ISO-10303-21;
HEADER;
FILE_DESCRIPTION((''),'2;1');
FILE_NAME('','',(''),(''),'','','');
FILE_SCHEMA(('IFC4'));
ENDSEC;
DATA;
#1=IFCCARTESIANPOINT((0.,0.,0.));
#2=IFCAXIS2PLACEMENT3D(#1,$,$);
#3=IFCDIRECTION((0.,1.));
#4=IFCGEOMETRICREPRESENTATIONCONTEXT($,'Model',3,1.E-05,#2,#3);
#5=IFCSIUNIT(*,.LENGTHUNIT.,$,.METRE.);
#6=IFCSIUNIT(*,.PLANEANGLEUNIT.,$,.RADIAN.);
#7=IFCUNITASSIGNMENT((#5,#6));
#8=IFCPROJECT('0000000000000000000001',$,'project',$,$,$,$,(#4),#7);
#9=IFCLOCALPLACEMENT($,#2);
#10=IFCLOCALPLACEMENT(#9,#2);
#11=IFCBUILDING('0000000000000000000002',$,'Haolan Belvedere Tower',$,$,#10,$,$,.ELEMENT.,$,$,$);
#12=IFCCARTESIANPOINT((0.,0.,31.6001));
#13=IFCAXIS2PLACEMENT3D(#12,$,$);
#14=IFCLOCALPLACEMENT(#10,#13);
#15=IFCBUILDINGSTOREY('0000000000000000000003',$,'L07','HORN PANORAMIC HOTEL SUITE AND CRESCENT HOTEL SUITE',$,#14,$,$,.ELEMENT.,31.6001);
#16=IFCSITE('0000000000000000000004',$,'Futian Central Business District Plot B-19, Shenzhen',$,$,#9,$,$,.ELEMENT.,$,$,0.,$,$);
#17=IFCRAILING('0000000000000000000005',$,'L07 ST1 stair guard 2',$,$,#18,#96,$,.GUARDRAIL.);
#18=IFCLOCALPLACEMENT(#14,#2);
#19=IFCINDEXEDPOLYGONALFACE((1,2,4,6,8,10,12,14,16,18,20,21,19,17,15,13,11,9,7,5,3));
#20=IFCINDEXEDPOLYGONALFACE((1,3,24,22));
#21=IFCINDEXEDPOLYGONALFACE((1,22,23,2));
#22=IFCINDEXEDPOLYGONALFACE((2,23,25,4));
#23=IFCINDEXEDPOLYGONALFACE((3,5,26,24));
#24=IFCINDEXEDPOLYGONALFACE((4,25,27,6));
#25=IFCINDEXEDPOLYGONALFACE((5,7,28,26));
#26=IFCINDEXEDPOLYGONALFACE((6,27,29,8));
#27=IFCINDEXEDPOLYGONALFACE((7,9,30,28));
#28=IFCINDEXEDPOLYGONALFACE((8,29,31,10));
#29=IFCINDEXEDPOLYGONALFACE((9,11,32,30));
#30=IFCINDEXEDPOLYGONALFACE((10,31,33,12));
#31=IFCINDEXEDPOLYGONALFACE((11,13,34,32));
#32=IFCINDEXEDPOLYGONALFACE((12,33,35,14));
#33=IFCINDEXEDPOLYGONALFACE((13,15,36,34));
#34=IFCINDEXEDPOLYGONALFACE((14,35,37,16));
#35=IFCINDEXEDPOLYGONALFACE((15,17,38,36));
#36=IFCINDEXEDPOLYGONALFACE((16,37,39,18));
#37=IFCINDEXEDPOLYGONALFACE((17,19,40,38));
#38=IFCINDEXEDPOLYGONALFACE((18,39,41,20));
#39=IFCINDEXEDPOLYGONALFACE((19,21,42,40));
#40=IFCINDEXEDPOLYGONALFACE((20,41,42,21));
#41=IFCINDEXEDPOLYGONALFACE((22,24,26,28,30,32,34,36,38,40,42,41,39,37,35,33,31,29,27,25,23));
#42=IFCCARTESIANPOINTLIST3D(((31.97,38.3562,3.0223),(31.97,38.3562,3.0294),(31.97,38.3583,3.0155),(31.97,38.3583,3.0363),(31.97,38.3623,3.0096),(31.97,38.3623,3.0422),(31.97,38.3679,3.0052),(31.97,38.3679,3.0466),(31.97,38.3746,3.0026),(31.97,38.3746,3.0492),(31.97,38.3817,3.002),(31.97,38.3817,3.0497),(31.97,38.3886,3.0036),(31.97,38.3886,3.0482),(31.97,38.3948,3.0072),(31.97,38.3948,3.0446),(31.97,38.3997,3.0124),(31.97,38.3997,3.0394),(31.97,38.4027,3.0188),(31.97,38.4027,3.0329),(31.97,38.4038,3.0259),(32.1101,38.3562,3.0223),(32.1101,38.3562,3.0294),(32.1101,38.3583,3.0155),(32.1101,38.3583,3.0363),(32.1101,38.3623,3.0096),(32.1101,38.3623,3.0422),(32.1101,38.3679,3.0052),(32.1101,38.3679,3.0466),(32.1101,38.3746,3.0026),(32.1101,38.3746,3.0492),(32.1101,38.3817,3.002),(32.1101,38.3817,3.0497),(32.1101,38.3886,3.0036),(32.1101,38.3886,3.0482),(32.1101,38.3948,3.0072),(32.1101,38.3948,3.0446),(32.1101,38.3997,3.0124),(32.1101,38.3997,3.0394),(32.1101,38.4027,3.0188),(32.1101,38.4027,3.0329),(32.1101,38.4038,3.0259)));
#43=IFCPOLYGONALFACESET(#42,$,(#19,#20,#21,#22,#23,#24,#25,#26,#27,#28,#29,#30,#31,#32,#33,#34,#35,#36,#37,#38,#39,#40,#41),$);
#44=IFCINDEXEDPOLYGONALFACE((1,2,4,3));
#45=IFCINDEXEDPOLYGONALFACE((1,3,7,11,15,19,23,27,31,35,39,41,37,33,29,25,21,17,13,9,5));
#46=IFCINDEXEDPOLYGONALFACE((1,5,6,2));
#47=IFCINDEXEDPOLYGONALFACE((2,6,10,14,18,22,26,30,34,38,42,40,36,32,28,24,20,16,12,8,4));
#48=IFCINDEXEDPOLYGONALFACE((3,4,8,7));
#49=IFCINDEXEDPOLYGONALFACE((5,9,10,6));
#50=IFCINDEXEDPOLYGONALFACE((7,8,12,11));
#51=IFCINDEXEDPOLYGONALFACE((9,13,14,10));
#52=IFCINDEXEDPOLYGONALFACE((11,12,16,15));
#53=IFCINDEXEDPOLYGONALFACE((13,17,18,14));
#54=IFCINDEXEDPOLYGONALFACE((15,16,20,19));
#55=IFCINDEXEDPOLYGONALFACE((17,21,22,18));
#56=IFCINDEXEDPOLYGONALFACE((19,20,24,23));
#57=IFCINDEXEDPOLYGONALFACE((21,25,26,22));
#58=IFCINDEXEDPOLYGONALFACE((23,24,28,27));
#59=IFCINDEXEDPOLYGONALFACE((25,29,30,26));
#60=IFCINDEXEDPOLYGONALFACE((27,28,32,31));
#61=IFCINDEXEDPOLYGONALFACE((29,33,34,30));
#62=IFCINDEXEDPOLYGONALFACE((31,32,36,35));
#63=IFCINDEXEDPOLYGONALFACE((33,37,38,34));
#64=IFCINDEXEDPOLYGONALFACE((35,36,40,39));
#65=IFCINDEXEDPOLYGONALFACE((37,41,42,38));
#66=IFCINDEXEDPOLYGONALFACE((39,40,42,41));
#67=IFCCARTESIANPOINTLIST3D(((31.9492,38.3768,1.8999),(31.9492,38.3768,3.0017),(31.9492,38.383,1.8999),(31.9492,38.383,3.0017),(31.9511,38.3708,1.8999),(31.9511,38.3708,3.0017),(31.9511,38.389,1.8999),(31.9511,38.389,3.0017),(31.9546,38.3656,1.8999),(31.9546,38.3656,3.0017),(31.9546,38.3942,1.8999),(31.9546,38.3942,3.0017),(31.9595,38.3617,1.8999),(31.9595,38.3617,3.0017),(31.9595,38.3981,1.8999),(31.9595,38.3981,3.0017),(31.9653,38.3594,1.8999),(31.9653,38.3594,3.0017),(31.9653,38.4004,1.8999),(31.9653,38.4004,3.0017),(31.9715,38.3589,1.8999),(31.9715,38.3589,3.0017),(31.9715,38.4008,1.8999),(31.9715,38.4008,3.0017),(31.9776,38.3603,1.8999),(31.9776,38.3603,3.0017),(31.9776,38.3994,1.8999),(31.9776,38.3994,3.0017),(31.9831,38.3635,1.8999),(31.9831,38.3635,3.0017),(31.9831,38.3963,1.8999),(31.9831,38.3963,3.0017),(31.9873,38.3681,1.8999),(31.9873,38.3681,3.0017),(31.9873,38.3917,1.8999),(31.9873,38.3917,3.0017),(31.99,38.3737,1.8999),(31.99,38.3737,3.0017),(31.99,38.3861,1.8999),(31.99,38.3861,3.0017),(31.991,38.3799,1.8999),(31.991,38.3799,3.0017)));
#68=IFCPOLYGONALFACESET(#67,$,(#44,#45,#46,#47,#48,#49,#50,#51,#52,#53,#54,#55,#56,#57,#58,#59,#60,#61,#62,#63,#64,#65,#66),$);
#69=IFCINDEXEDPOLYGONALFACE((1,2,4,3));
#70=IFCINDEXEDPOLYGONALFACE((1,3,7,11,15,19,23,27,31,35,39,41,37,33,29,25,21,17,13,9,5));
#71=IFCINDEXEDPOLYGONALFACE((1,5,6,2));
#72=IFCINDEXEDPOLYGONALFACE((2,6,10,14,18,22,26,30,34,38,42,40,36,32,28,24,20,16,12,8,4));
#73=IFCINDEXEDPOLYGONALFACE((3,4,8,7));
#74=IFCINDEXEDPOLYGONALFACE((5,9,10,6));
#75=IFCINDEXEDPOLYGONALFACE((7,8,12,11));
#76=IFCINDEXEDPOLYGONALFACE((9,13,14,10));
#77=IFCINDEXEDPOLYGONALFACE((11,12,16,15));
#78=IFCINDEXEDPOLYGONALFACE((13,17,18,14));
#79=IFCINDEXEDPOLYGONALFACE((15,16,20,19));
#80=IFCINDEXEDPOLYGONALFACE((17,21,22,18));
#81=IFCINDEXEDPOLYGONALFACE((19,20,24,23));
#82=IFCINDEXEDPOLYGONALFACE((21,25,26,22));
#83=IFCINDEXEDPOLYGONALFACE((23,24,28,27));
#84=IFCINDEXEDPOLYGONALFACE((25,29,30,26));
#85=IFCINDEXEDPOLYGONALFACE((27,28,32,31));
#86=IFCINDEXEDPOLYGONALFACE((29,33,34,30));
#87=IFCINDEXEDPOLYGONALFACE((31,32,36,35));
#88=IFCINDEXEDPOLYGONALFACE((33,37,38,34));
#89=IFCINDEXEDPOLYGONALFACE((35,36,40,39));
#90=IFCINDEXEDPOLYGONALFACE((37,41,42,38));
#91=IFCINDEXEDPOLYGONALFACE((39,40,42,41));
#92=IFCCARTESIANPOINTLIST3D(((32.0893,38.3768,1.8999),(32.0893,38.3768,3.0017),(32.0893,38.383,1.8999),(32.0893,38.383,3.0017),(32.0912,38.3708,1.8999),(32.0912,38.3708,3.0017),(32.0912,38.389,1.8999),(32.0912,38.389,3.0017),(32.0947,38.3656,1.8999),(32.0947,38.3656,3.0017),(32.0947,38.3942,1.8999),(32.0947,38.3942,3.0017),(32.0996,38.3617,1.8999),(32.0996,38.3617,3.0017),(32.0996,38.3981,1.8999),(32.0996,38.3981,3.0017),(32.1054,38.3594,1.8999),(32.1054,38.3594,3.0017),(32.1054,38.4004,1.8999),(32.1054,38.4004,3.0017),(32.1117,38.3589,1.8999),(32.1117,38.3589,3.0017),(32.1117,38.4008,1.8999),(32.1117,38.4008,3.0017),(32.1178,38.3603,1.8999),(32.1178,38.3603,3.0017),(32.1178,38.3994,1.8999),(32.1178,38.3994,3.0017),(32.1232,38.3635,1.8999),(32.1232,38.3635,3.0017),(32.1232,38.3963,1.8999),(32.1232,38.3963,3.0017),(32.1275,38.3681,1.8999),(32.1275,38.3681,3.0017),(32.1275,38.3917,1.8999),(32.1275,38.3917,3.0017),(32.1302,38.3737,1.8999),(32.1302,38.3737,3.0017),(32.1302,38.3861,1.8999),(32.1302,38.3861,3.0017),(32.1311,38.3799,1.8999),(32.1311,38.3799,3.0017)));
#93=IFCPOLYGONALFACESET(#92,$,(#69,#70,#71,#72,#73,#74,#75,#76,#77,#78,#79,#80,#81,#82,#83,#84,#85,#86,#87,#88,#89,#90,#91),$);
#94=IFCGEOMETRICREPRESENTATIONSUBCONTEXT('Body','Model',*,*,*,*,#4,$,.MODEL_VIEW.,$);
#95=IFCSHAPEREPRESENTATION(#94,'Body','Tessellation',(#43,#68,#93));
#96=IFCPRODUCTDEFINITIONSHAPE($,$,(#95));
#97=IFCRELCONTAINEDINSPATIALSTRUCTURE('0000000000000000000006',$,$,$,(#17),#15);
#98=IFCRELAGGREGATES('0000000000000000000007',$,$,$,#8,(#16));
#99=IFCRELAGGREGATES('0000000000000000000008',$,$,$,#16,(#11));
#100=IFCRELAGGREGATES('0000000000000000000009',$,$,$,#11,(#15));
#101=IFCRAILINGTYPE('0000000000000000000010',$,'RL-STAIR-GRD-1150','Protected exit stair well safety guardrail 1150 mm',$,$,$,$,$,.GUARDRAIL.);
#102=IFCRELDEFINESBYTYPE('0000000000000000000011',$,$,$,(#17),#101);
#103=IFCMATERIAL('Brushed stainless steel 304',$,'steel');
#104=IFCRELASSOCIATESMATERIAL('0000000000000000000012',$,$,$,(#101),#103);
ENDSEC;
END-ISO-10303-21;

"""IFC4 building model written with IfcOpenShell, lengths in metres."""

from ifc_helpers import new_model, si_unit, direction, frame, origin, origin_2d, place, context, subcontext, project, spatial, circle, extrude, material, type_object, element, save


model = new_model("IFC4")

# Units and contexts
model_context = context("Model", 3, precision=1e-05, world=origin(), true_north=direction((0.0, 1.0)))
body_context = subcontext(model_context, "Body", "Model", "MODEL_VIEW")
ifc_project = project(units=[si_unit("LENGTHUNIT", "METRE"), si_unit("PLANEANGLEUNIT", "RADIAN")], contexts=[model_context])

# Site, building, storey
site_placement = place(None, origin())
site = spatial("IfcSite", under=ifc_project, at=site_placement, Name="Futian Central Business District Plot B-19, Shenzhen", CompositionType="ELEMENT", RefElevation=0.0)
building_placement = place(site_placement, origin())
building = spatial("IfcBuilding", under=site, at=building_placement, Name="Haolan Belvedere Tower", CompositionType="ELEMENT")
storey_placement = place(building_placement, frame((0.0, 0.0, 31.6001)))
storey = spatial("IfcBuildingStorey", under=building, at=storey_placement, Name="L07", Description="HORN PANORAMIC HOTEL SUITE AND CRESCENT HOTEL SUITE", CompositionType="ELEMENT", Elevation=31.6001)

# Railing
ifc_material_1 = material(Name="Brushed stainless steel 304", Category="steel")
railing_type_1 = type_object("IfcRailingType", Name="RL-STAIR-GRD-1150", Description="Protected exit stair well safety guardrail 1150 mm", PredefinedType="GUARDRAIL", material=ifc_material_1)
railing_1_placement = place(storey_placement, frame((31.97, 38.3799, 1.8999)))
element("IfcRailing", 1, at=railing_1_placement, inside=storey, type_object=railing_type_1, Name="L07 ST1 stair guard 2", PredefinedType="GUARDRAIL", context=body_context, shape_type="SweptSolid", body=[
    extrude(circle(Radius=0.0239, at=origin_2d()), frame((0.0, 0.0, 1.126), z_axis=(1.0, 0.0, 0.0), x_axis=(0.0, 1.0, 0.0)), (0.0, 0.0, 1.0), 0.1401),
    extrude(circle(Radius=0.021, at=origin_2d()), origin(), (0.0, 0.0, 1.0), 1.1018),
    extrude(circle(Radius=0.021, at=origin_2d()), frame((0.1401, 0.0, 0.0)), (0.0, 0.0, 1.0), 1.1018),
])

save(model, "model.ifc")
